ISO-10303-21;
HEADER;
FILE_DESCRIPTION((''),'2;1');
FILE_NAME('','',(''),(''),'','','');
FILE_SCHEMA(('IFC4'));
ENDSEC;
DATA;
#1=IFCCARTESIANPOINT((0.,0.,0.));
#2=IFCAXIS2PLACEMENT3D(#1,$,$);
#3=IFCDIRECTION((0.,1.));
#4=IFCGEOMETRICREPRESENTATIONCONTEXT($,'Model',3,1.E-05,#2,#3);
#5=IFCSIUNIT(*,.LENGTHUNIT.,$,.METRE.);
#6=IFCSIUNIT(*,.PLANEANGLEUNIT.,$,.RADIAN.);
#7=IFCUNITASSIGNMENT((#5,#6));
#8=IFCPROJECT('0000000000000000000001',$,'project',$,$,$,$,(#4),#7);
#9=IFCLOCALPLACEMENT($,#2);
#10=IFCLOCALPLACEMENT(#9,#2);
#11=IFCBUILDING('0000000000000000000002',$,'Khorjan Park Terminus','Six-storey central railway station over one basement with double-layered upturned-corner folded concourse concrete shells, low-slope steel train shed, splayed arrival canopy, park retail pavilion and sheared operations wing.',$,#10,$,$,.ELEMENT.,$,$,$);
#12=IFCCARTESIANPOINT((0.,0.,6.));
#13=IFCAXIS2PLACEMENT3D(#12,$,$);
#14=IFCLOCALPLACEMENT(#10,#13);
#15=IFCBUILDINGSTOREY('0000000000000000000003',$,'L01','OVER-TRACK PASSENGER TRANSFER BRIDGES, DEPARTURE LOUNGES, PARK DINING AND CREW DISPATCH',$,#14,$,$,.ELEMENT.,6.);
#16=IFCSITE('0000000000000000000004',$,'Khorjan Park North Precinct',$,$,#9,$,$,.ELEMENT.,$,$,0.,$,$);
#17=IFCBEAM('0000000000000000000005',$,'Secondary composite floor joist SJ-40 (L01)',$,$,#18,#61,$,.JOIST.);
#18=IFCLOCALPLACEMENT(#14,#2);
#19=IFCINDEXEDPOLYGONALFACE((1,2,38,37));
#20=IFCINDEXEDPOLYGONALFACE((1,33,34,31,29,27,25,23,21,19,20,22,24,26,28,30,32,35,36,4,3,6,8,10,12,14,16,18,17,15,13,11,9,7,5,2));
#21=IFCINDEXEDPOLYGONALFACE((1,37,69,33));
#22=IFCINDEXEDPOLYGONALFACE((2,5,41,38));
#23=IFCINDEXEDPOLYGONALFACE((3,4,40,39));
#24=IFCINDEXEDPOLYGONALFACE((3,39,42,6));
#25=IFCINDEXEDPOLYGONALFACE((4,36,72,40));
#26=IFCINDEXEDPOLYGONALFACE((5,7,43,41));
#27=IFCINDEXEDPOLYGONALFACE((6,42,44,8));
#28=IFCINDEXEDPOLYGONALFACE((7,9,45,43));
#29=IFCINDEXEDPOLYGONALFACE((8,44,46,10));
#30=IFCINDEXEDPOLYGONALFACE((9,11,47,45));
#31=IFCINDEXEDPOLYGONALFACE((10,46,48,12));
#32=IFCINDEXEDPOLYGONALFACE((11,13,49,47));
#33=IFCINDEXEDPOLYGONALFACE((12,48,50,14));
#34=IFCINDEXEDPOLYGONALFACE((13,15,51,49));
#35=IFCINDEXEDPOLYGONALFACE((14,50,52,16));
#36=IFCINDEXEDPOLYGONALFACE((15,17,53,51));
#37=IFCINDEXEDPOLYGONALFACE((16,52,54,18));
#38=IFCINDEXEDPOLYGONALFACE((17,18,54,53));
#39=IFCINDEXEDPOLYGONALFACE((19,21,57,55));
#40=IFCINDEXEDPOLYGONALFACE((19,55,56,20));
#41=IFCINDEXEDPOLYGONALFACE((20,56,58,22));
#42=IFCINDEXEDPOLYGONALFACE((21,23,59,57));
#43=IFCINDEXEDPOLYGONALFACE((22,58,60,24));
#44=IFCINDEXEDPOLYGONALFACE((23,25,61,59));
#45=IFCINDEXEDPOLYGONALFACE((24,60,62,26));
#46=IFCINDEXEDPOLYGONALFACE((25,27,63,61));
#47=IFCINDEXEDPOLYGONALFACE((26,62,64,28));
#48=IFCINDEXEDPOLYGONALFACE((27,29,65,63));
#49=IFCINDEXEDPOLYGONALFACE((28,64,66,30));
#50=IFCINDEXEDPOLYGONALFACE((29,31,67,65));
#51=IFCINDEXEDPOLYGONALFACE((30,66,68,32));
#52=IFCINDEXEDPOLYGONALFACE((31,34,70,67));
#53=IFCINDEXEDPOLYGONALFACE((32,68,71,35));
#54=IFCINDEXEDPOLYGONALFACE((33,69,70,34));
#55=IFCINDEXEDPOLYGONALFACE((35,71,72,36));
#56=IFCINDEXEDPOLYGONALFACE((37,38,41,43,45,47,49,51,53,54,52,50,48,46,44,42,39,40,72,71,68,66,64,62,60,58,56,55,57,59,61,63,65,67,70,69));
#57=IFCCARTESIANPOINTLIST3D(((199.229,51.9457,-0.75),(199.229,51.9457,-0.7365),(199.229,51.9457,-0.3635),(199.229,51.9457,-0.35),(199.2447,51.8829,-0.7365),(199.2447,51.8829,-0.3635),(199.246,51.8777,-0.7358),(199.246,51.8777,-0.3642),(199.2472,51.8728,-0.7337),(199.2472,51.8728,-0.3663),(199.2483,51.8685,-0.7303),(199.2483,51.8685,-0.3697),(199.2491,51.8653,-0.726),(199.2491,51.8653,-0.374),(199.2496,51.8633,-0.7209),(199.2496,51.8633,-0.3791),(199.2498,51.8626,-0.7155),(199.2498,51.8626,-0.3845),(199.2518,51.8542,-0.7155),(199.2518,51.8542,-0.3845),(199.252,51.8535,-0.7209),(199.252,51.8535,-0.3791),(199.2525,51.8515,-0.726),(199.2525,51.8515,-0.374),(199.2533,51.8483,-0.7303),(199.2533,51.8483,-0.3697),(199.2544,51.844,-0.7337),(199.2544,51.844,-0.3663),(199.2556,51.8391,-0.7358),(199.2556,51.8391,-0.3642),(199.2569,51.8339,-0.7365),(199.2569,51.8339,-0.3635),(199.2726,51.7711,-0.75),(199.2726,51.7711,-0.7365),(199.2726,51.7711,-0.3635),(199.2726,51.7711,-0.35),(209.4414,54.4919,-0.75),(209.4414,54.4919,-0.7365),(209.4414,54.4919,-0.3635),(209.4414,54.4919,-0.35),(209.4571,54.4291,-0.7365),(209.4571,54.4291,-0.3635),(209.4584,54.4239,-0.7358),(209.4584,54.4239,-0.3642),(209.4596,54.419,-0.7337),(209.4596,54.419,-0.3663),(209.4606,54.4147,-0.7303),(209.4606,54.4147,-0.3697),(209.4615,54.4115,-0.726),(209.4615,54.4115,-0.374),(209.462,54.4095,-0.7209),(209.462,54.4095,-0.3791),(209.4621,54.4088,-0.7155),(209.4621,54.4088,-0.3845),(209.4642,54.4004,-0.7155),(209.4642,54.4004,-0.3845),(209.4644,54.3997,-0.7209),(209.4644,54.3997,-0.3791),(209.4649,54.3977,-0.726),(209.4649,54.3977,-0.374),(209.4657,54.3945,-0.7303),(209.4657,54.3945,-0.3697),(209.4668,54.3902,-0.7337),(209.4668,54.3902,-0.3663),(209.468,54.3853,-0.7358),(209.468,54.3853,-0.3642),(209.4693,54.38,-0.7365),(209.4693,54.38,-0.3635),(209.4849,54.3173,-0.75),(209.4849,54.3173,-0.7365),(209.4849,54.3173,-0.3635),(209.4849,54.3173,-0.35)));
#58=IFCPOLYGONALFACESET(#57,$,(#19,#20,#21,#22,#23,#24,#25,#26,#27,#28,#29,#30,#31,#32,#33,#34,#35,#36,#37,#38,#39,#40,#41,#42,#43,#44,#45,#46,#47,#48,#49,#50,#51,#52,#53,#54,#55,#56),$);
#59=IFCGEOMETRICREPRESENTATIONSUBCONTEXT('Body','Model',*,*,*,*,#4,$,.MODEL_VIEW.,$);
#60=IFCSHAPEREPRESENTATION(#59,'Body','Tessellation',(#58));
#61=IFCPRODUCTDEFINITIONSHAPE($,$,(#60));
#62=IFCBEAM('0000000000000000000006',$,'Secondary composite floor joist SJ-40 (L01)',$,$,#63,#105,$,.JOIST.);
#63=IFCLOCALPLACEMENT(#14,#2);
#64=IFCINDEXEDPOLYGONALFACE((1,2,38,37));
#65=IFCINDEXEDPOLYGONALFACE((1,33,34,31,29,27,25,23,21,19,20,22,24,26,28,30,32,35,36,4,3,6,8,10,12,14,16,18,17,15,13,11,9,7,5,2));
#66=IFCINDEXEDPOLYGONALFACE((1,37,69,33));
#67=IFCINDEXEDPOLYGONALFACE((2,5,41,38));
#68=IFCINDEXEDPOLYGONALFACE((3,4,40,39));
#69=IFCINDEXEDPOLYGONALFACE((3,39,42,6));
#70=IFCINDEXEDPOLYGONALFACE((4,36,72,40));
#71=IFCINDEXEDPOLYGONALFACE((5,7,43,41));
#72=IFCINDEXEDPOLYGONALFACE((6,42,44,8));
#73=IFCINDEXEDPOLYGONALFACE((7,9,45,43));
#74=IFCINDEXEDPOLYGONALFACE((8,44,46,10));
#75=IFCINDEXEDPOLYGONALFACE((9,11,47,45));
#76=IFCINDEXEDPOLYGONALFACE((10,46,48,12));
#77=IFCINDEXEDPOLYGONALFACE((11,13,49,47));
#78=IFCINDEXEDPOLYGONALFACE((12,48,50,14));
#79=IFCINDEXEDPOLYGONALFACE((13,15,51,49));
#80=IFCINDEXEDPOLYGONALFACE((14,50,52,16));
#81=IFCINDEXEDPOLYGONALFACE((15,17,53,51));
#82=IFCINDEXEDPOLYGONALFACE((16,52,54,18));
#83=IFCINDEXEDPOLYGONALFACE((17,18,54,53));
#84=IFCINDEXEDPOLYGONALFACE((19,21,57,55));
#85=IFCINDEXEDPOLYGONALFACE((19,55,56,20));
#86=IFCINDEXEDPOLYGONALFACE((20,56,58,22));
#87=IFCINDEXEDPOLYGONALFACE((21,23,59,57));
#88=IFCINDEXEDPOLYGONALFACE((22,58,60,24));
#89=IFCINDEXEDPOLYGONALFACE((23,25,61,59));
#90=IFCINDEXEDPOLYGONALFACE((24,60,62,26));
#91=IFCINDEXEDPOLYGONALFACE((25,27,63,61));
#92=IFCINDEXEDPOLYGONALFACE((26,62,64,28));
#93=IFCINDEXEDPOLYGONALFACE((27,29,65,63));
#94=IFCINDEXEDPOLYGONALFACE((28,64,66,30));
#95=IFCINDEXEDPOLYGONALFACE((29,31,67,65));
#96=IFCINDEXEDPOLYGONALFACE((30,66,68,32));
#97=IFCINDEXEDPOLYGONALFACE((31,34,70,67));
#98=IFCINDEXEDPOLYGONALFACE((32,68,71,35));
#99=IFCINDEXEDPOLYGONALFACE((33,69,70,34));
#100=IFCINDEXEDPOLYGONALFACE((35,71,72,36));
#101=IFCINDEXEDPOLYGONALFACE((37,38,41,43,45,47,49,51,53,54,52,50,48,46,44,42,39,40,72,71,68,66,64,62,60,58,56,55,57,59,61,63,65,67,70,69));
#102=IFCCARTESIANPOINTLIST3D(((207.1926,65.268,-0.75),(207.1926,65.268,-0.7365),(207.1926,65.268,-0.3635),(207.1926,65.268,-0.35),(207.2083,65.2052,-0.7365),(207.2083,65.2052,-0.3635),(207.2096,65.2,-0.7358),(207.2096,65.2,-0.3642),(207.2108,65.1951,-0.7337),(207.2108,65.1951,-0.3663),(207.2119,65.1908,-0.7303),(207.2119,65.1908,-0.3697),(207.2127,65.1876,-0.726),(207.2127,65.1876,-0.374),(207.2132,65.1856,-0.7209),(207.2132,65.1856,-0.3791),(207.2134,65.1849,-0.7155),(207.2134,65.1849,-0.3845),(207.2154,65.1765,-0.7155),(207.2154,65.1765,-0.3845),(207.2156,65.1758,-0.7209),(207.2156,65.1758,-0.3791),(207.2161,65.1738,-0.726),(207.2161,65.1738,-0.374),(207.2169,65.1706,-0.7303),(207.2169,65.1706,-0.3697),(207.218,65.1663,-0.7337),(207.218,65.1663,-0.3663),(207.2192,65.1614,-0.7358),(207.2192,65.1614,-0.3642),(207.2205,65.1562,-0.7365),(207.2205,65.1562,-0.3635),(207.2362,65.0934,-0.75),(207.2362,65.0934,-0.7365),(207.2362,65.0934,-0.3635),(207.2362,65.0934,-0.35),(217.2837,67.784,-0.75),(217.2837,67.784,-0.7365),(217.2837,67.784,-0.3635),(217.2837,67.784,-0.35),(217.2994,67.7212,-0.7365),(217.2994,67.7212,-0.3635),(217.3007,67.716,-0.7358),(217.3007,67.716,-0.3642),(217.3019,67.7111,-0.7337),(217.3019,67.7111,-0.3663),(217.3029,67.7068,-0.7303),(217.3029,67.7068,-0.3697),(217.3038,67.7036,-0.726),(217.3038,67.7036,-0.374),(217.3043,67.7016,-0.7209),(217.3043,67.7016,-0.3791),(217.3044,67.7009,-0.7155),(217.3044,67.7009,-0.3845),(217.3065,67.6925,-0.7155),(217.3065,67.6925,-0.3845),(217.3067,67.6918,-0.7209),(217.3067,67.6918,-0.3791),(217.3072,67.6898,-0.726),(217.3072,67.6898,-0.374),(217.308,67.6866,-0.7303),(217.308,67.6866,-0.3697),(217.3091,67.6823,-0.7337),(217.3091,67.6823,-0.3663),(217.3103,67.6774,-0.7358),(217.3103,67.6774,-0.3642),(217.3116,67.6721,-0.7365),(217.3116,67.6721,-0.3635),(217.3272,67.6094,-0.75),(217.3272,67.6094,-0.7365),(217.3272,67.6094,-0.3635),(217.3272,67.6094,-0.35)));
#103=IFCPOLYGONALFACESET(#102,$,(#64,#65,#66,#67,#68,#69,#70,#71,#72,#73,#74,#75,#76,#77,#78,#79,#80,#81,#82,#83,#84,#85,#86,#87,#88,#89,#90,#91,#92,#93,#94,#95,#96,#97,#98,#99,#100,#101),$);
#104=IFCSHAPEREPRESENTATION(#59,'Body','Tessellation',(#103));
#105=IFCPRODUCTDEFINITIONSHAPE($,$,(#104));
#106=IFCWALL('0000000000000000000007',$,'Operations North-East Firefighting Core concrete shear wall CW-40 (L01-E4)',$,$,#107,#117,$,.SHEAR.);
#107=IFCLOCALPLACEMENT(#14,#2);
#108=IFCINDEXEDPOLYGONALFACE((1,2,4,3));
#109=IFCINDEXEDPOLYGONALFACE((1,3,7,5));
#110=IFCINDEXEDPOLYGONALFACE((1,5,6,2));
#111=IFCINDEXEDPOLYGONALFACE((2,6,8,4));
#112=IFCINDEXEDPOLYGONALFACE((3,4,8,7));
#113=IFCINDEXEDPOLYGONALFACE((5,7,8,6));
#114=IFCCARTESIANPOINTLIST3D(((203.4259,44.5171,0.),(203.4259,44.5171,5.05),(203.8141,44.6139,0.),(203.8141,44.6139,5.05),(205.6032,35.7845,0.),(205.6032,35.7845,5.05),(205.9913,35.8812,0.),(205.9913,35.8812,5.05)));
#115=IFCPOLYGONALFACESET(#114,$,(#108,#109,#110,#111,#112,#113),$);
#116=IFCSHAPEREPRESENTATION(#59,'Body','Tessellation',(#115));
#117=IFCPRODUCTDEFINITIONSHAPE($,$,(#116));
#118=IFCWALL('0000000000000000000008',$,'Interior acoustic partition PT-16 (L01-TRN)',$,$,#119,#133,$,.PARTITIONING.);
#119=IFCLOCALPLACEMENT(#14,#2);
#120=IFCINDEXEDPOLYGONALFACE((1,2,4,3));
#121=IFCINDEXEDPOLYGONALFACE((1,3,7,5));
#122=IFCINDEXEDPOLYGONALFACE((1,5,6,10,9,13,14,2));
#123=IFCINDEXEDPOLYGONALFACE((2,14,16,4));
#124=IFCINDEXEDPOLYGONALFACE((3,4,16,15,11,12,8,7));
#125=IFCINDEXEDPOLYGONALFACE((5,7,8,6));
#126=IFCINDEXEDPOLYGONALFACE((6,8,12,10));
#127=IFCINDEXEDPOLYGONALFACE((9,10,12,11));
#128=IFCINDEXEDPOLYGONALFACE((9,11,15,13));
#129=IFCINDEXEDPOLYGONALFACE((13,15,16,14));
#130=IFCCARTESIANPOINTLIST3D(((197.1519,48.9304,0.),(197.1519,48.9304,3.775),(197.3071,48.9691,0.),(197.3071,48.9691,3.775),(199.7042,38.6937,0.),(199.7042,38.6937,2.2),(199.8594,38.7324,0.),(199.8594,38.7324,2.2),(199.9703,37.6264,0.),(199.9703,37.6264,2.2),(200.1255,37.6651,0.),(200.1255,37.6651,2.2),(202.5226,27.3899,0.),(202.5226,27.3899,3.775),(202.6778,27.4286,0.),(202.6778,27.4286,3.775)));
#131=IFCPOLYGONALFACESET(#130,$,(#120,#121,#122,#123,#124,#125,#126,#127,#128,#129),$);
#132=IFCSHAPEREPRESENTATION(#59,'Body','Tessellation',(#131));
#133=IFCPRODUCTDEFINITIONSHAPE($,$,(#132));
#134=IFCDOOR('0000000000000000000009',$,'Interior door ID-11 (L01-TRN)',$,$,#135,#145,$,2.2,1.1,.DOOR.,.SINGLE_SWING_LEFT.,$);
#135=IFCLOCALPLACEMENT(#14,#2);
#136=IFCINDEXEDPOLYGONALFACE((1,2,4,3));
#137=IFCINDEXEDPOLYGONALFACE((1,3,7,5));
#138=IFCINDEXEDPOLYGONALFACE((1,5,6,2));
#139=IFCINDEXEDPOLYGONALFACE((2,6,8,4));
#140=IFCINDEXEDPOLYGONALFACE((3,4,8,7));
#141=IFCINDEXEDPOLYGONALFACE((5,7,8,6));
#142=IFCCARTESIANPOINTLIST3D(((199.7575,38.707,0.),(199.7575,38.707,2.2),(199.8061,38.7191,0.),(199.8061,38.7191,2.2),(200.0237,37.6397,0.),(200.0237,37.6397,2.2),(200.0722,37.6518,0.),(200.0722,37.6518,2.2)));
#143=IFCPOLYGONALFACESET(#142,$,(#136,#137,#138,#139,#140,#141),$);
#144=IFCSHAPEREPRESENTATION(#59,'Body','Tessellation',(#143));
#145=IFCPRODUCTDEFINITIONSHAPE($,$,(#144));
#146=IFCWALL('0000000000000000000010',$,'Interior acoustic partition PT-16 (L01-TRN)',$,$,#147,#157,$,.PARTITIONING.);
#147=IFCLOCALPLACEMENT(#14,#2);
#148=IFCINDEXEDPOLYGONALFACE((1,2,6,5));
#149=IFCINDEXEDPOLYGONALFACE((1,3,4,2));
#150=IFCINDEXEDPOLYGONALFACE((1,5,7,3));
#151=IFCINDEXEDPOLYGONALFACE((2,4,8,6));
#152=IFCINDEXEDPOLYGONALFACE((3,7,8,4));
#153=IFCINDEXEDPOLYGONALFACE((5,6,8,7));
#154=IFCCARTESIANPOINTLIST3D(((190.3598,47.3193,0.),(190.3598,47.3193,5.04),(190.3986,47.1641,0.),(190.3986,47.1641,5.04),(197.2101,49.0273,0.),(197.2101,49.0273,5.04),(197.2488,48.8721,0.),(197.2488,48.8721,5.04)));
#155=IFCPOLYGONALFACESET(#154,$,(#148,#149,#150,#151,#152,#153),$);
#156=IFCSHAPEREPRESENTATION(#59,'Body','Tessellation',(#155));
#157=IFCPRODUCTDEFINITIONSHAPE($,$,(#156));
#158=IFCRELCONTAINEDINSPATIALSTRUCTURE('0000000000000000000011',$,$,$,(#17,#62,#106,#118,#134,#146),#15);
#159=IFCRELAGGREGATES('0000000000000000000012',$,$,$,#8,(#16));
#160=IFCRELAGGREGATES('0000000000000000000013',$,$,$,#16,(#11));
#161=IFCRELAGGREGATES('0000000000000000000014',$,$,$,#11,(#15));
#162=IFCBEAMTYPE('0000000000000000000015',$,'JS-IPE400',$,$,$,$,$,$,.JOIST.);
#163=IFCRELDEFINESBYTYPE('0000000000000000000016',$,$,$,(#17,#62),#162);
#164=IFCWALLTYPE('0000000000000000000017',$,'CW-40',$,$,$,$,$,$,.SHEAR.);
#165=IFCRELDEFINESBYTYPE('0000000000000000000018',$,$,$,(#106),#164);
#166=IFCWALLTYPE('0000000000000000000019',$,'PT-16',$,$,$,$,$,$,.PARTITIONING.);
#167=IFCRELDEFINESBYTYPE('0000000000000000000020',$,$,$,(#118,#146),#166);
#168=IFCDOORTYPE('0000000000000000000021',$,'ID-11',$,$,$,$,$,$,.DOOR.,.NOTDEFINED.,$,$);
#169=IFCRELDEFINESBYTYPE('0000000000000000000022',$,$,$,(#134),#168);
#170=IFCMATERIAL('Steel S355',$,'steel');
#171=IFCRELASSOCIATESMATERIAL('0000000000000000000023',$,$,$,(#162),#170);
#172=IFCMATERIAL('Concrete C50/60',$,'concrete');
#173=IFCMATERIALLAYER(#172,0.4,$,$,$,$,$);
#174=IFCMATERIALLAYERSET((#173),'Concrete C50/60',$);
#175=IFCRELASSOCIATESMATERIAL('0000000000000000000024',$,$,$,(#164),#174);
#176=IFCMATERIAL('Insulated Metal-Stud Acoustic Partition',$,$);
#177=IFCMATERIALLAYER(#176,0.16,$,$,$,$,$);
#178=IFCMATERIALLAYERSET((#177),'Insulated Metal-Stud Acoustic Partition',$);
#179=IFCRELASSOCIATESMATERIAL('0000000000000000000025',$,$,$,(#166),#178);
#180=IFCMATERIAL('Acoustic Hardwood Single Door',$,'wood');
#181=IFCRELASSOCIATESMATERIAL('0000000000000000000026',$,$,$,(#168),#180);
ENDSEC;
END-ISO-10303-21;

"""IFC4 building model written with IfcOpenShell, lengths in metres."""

from ifc_helpers import new_model, si_unit, direction, frame, frame_2d, origin, origin_2d, place, context, subcontext, project, spatial, rectangle, i_section, extrude, material, layer, layer_set, material_profile, profile_set, type_object, element, fill, save


model = new_model("IFC4")

# Units and contexts
model_context = context("Model", 3, precision=1e-05, world=origin(), true_north=direction((0.0, 1.0)))
body_context = subcontext(model_context, "Body", "Model", "MODEL_VIEW")
ifc_project = project(units=[si_unit("LENGTHUNIT", "METRE"), si_unit("PLANEANGLEUNIT", "RADIAN")], contexts=[model_context])

# Site, building, storey
site_placement = place(None, origin())
site = spatial("IfcSite", under=ifc_project, at=site_placement, Name="Khorjan Park North Precinct", CompositionType="ELEMENT", RefElevation=0.0)
building_placement = place(site_placement, origin())
building = spatial("IfcBuilding", under=site, at=building_placement, Name="Khorjan Park Terminus", Description="Six-storey central railway station over one basement with double-layered upturned-corner folded concourse concrete shells, low-slope steel train shed, splayed arrival canopy, park retail pavilion and sheared operations wing.", CompositionType="ELEMENT")
storey_placement = place(building_placement, frame((0.0, 0.0, 6.0)))
storey = spatial("IfcBuildingStorey", under=building, at=storey_placement, Name="L01", Description="OVER-TRACK PASSENGER TRANSFER BRIDGES, DEPARTURE LOUNGES, PARK DINING AND CREW DISPATCH", CompositionType="ELEMENT", Elevation=6.0)

# Shared definitions
ifc_material_1 = material(Name="Concrete C50/60", Category="concrete")

# Beams
ifc_material_2 = material(Name="Steel S355", Category="steel")
ifc_material_profile_1 = material_profile(ifc_material_2, i_section(OverallWidth=0.18, OverallDepth=0.4, WebThickness=0.0086, FlangeThickness=0.0135, FilletRadius=0.021, at=origin_2d()), Name="IPE 400")
ifc_profile_set_1 = profile_set([ifc_material_profile_1], Name="Steel S355")
beam_type_1 = type_object("IfcBeamType", Name="JS-IPE400", PredefinedType="JOIST", material=ifc_profile_set_1)
beam_1_placement = place(storey_placement, frame((199.2508, 51.8584, -0.55), z_axis=(0.970297, 0.241919, 0.0), x_axis=(-0.241919, 0.970297, 0.0)))
element("IfcBeam", 1, at=beam_1_placement, inside=storey, type_object=beam_type_1, Name="Secondary composite floor joist SJ-40 (L01)", PredefinedType="JOIST", context=body_context, shape_type="SweptSolid", body=[
    extrude(i_section(OverallWidth=0.18, OverallDepth=0.4, WebThickness=0.0086, FlangeThickness=0.0135, FilletRadius=0.021, at=origin_2d()), origin(), (0.0, 0.0, 1.0), 10.525),
])
beam_2_placement = place(storey_placement, frame((207.2144, 65.1807, -0.55), z_axis=(0.970296, 0.241922, 0.0), x_axis=(-0.241922, 0.970296, 0.0)))
element("IfcBeam", 2, at=beam_2_placement, inside=storey, type_object=beam_type_1, Name="Secondary composite floor joist SJ-40 (L01)", PredefinedType="JOIST", context=body_context, shape_type="SweptSolid", body=[
    extrude(i_section(OverallWidth=0.18, OverallDepth=0.4, WebThickness=0.0086, FlangeThickness=0.0135, FilletRadius=0.021, at=origin_2d()), origin(), (0.0, 0.0, 1.0), 10.4),
])

# Wall
ifc_layer_1 = layer(ifc_material_1, 0.4)
ifc_layer_set_1 = layer_set([ifc_layer_1], Name="Concrete C50/60")
wall_type_1 = type_object("IfcWallType", Name="CW-40", PredefinedType="SHEAR", material=ifc_layer_set_1)
wall_1_placement = place(storey_placement, frame((203.62, 44.5655, 0.0), z_axis=(0.0, 0.0, 1.0), x_axis=(0.241921, -0.970296, 0.0)))
element("IfcWall", 3, at=wall_1_placement, inside=storey, type_object=wall_type_1, Name="Operations North-East Firefighting Core concrete shear wall CW-40 (L01-E4)", PredefinedType="SHEAR", context=body_context, shape_type="SweptSolid", body=[
    extrude(rectangle(XDim=9.0, YDim=0.4, at=frame_2d((4.5, 0.0))), origin(), (0.0, 0.0, 1.0), 5.05),
])

# Wall, opening, door
ifc_material_3 = material(Name="Insulated Metal-Stud Acoustic Partition")
ifc_layer_2 = layer(ifc_material_3, 0.16)
ifc_layer_set_2 = layer_set([ifc_layer_2], Name="Insulated Metal-Stud Acoustic Partition")
wall_type_2 = type_object("IfcWallType", Name="PT-16", PredefinedType="PARTITIONING", material=ifc_layer_set_2)
wall_2_placement = place(storey_placement, frame((197.2295, 48.9497, 0.0), z_axis=(0.0, 0.0, 1.0), x_axis=(0.241924, -0.970295, 0.0)))
wall_2 = element("IfcWall", 4, at=wall_2_placement, inside=storey, type_object=wall_type_2, Name="Interior acoustic partition PT-16 (L01-TRN)", PredefinedType="PARTITIONING", context=body_context, shape_type="SweptSolid", body=[
    extrude(rectangle(XDim=22.1999, YDim=0.16, at=frame_2d((11.0999, 0.0))), origin(), (0.0, 0.0, 1.0), 3.775),
])
opening_1_placement = place(wall_2_placement, frame((10.55, 0.0, 0.0)))
opening_1 = element("IfcOpeningElement", 5, at=opening_1_placement, cuts=wall_2, PredefinedType="OPENING", context=body_context, shape_type="SweptSolid", body=[
    extrude(rectangle(XDim=1.1, YDim=2.2, at=frame_2d((0.55, 1.1))), frame((0.0, 0.09, 0.0), z_axis=(0.0, -1.0, 0.0), x_axis=(1.0, 0.0, 0.0)), (0.0, 0.0, 1.0), 0.18),
])
ifc_material_4 = material(Name="Acoustic Hardwood Single Door", Category="wood")
door_type_1 = type_object("IfcDoorType", Name="ID-11", OperationType="NOTDEFINED", PredefinedType="DOOR", material=ifc_material_4)
door_1_placement = place(opening_1_placement, origin())
door_1 = element("IfcDoor", 6, at=door_1_placement, inside=storey, type_object=door_type_1, Name="Interior door ID-11 (L01-TRN)", OperationType="SINGLE_SWING_LEFT", OverallHeight=2.2, OverallWidth=1.1, PredefinedType="DOOR", context=body_context, shape_type="SweptSolid", body=[
    extrude(rectangle(XDim=1.1, YDim=2.2, at=frame_2d((0.55, 1.1))), frame((0.0, 0.025, 0.0), z_axis=(0.0, -1.0, 0.0), x_axis=(1.0, 0.0, 0.0)), (0.0, 0.0, 1.0), 0.05),
])
fill(opening_1, door_1)

# Wall
wall_3_placement = place(storey_placement, frame((190.3792, 47.2417, 0.0), z_axis=(0.0, 0.0, 1.0), x_axis=(0.970295, 0.241926, 0.0)))
element("IfcWall", 7, at=wall_3_placement, inside=storey, type_object=wall_type_2, Name="Interior acoustic partition PT-16 (L01-TRN)", PredefinedType="PARTITIONING", context=body_context, shape_type="SweptSolid", body=[
    extrude(rectangle(XDim=7.06, YDim=0.16, at=frame_2d((3.53, 0.0))), origin(), (0.0, 0.0, 1.0), 5.04),
])

save(model, "model.ifc")
